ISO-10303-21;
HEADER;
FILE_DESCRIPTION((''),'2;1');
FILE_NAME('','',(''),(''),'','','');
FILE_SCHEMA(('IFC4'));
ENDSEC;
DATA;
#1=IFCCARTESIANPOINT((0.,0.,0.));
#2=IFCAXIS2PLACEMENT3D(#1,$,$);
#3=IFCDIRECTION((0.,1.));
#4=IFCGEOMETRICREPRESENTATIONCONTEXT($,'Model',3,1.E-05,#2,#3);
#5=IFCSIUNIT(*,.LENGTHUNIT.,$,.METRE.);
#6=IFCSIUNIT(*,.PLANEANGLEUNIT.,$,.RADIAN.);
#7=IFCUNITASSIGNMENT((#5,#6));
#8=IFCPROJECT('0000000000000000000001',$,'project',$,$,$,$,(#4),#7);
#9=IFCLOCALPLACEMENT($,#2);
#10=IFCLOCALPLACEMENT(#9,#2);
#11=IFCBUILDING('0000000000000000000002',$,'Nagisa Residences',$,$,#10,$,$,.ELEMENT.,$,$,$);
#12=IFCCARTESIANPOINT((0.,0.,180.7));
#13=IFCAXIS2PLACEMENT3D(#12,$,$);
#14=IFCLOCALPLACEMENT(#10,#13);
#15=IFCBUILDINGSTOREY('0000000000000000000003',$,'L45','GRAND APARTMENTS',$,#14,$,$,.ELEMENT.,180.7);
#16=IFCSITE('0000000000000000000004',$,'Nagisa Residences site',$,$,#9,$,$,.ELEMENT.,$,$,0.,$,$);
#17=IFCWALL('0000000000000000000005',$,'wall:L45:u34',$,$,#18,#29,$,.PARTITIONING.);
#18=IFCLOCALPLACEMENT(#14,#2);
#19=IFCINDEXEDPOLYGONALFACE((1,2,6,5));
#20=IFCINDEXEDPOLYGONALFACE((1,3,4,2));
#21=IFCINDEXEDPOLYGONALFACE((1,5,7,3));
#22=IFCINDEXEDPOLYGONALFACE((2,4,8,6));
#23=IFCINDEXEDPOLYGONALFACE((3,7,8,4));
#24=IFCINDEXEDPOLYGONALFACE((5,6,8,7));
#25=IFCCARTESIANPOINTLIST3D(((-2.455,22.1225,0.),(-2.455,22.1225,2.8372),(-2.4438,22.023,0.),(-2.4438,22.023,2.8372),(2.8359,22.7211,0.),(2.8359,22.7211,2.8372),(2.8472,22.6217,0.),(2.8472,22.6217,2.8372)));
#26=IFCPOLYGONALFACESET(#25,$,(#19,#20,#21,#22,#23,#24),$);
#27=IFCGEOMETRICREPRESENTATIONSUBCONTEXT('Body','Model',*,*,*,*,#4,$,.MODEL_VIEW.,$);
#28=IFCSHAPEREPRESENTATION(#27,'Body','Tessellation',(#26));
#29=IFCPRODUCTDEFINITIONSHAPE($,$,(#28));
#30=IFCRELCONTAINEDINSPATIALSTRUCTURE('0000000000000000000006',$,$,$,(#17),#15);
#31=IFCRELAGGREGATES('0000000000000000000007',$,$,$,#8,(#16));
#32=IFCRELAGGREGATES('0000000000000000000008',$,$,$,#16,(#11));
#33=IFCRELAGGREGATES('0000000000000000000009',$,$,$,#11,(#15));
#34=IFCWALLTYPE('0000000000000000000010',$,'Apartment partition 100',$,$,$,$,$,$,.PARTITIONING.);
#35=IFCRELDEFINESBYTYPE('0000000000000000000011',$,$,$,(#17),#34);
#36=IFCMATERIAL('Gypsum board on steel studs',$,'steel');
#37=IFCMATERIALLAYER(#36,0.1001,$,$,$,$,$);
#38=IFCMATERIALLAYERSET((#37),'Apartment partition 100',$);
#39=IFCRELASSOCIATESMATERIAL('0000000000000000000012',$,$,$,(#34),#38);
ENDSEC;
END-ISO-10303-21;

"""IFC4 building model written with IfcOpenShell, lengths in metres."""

from ifc_helpers import new_model, si_unit, direction, frame, frame_2d, origin, place, context, subcontext, project, spatial, rectangle, extrude, material, layer, layer_set, type_object, element, save


model = new_model("IFC4")

# Units and contexts
model_context = context("Model", 3, precision=1e-05, world=origin(), true_north=direction((0.0, 1.0)))
body_context = subcontext(model_context, "Body", "Model", "MODEL_VIEW")
ifc_project = project(units=[si_unit("LENGTHUNIT", "METRE"), si_unit("PLANEANGLEUNIT", "RADIAN")], contexts=[model_context])

# Site, building, storey
site_placement = place(None, origin())
site = spatial("IfcSite", under=ifc_project, at=site_placement, Name="Nagisa Residences site", CompositionType="ELEMENT", RefElevation=0.0)
building_placement = place(site_placement, origin())
building = spatial("IfcBuilding", under=site, at=building_placement, Name="Nagisa Residences", CompositionType="ELEMENT")
storey_placement = place(building_placement, frame((0.0, 0.0, 180.7)))
storey = spatial("IfcBuildingStorey", under=building, at=storey_placement, Name="L45", Description="GRAND APARTMENTS", CompositionType="ELEMENT", Elevation=180.7)

# Shared definitions
ifc_material_1 = material(Name="Gypsum board on steel studs", Category="steel")
ifc_layer_1 = layer(ifc_material_1, 0.1001)
ifc_layer_set_1 = layer_set([ifc_layer_1], Name="Apartment partition 100")
wall_type_1 = type_object("IfcWallType", Name="Apartment partition 100", PredefinedType="PARTITIONING", material=ifc_layer_set_1)

# Wall
wall_1_placement = place(storey_placement, frame((2.8416, 22.6714, 0.0), z_axis=(0.0, 0.0, 1.0), x_axis=(-0.99366, -0.112424, 0.0)))
element("IfcWall", 1, at=wall_1_placement, inside=storey, type_object=wall_type_1, Name="wall:L45:u34", PredefinedType="PARTITIONING", context=body_context, shape_type="SweptSolid", body=[
    extrude(rectangle(XDim=5.3247, YDim=0.1001, at=frame_2d((2.6624, 0.0))), origin(), (0.0, 0.0, 1.0), 2.8372),
])

save(model, "model.ifc")
